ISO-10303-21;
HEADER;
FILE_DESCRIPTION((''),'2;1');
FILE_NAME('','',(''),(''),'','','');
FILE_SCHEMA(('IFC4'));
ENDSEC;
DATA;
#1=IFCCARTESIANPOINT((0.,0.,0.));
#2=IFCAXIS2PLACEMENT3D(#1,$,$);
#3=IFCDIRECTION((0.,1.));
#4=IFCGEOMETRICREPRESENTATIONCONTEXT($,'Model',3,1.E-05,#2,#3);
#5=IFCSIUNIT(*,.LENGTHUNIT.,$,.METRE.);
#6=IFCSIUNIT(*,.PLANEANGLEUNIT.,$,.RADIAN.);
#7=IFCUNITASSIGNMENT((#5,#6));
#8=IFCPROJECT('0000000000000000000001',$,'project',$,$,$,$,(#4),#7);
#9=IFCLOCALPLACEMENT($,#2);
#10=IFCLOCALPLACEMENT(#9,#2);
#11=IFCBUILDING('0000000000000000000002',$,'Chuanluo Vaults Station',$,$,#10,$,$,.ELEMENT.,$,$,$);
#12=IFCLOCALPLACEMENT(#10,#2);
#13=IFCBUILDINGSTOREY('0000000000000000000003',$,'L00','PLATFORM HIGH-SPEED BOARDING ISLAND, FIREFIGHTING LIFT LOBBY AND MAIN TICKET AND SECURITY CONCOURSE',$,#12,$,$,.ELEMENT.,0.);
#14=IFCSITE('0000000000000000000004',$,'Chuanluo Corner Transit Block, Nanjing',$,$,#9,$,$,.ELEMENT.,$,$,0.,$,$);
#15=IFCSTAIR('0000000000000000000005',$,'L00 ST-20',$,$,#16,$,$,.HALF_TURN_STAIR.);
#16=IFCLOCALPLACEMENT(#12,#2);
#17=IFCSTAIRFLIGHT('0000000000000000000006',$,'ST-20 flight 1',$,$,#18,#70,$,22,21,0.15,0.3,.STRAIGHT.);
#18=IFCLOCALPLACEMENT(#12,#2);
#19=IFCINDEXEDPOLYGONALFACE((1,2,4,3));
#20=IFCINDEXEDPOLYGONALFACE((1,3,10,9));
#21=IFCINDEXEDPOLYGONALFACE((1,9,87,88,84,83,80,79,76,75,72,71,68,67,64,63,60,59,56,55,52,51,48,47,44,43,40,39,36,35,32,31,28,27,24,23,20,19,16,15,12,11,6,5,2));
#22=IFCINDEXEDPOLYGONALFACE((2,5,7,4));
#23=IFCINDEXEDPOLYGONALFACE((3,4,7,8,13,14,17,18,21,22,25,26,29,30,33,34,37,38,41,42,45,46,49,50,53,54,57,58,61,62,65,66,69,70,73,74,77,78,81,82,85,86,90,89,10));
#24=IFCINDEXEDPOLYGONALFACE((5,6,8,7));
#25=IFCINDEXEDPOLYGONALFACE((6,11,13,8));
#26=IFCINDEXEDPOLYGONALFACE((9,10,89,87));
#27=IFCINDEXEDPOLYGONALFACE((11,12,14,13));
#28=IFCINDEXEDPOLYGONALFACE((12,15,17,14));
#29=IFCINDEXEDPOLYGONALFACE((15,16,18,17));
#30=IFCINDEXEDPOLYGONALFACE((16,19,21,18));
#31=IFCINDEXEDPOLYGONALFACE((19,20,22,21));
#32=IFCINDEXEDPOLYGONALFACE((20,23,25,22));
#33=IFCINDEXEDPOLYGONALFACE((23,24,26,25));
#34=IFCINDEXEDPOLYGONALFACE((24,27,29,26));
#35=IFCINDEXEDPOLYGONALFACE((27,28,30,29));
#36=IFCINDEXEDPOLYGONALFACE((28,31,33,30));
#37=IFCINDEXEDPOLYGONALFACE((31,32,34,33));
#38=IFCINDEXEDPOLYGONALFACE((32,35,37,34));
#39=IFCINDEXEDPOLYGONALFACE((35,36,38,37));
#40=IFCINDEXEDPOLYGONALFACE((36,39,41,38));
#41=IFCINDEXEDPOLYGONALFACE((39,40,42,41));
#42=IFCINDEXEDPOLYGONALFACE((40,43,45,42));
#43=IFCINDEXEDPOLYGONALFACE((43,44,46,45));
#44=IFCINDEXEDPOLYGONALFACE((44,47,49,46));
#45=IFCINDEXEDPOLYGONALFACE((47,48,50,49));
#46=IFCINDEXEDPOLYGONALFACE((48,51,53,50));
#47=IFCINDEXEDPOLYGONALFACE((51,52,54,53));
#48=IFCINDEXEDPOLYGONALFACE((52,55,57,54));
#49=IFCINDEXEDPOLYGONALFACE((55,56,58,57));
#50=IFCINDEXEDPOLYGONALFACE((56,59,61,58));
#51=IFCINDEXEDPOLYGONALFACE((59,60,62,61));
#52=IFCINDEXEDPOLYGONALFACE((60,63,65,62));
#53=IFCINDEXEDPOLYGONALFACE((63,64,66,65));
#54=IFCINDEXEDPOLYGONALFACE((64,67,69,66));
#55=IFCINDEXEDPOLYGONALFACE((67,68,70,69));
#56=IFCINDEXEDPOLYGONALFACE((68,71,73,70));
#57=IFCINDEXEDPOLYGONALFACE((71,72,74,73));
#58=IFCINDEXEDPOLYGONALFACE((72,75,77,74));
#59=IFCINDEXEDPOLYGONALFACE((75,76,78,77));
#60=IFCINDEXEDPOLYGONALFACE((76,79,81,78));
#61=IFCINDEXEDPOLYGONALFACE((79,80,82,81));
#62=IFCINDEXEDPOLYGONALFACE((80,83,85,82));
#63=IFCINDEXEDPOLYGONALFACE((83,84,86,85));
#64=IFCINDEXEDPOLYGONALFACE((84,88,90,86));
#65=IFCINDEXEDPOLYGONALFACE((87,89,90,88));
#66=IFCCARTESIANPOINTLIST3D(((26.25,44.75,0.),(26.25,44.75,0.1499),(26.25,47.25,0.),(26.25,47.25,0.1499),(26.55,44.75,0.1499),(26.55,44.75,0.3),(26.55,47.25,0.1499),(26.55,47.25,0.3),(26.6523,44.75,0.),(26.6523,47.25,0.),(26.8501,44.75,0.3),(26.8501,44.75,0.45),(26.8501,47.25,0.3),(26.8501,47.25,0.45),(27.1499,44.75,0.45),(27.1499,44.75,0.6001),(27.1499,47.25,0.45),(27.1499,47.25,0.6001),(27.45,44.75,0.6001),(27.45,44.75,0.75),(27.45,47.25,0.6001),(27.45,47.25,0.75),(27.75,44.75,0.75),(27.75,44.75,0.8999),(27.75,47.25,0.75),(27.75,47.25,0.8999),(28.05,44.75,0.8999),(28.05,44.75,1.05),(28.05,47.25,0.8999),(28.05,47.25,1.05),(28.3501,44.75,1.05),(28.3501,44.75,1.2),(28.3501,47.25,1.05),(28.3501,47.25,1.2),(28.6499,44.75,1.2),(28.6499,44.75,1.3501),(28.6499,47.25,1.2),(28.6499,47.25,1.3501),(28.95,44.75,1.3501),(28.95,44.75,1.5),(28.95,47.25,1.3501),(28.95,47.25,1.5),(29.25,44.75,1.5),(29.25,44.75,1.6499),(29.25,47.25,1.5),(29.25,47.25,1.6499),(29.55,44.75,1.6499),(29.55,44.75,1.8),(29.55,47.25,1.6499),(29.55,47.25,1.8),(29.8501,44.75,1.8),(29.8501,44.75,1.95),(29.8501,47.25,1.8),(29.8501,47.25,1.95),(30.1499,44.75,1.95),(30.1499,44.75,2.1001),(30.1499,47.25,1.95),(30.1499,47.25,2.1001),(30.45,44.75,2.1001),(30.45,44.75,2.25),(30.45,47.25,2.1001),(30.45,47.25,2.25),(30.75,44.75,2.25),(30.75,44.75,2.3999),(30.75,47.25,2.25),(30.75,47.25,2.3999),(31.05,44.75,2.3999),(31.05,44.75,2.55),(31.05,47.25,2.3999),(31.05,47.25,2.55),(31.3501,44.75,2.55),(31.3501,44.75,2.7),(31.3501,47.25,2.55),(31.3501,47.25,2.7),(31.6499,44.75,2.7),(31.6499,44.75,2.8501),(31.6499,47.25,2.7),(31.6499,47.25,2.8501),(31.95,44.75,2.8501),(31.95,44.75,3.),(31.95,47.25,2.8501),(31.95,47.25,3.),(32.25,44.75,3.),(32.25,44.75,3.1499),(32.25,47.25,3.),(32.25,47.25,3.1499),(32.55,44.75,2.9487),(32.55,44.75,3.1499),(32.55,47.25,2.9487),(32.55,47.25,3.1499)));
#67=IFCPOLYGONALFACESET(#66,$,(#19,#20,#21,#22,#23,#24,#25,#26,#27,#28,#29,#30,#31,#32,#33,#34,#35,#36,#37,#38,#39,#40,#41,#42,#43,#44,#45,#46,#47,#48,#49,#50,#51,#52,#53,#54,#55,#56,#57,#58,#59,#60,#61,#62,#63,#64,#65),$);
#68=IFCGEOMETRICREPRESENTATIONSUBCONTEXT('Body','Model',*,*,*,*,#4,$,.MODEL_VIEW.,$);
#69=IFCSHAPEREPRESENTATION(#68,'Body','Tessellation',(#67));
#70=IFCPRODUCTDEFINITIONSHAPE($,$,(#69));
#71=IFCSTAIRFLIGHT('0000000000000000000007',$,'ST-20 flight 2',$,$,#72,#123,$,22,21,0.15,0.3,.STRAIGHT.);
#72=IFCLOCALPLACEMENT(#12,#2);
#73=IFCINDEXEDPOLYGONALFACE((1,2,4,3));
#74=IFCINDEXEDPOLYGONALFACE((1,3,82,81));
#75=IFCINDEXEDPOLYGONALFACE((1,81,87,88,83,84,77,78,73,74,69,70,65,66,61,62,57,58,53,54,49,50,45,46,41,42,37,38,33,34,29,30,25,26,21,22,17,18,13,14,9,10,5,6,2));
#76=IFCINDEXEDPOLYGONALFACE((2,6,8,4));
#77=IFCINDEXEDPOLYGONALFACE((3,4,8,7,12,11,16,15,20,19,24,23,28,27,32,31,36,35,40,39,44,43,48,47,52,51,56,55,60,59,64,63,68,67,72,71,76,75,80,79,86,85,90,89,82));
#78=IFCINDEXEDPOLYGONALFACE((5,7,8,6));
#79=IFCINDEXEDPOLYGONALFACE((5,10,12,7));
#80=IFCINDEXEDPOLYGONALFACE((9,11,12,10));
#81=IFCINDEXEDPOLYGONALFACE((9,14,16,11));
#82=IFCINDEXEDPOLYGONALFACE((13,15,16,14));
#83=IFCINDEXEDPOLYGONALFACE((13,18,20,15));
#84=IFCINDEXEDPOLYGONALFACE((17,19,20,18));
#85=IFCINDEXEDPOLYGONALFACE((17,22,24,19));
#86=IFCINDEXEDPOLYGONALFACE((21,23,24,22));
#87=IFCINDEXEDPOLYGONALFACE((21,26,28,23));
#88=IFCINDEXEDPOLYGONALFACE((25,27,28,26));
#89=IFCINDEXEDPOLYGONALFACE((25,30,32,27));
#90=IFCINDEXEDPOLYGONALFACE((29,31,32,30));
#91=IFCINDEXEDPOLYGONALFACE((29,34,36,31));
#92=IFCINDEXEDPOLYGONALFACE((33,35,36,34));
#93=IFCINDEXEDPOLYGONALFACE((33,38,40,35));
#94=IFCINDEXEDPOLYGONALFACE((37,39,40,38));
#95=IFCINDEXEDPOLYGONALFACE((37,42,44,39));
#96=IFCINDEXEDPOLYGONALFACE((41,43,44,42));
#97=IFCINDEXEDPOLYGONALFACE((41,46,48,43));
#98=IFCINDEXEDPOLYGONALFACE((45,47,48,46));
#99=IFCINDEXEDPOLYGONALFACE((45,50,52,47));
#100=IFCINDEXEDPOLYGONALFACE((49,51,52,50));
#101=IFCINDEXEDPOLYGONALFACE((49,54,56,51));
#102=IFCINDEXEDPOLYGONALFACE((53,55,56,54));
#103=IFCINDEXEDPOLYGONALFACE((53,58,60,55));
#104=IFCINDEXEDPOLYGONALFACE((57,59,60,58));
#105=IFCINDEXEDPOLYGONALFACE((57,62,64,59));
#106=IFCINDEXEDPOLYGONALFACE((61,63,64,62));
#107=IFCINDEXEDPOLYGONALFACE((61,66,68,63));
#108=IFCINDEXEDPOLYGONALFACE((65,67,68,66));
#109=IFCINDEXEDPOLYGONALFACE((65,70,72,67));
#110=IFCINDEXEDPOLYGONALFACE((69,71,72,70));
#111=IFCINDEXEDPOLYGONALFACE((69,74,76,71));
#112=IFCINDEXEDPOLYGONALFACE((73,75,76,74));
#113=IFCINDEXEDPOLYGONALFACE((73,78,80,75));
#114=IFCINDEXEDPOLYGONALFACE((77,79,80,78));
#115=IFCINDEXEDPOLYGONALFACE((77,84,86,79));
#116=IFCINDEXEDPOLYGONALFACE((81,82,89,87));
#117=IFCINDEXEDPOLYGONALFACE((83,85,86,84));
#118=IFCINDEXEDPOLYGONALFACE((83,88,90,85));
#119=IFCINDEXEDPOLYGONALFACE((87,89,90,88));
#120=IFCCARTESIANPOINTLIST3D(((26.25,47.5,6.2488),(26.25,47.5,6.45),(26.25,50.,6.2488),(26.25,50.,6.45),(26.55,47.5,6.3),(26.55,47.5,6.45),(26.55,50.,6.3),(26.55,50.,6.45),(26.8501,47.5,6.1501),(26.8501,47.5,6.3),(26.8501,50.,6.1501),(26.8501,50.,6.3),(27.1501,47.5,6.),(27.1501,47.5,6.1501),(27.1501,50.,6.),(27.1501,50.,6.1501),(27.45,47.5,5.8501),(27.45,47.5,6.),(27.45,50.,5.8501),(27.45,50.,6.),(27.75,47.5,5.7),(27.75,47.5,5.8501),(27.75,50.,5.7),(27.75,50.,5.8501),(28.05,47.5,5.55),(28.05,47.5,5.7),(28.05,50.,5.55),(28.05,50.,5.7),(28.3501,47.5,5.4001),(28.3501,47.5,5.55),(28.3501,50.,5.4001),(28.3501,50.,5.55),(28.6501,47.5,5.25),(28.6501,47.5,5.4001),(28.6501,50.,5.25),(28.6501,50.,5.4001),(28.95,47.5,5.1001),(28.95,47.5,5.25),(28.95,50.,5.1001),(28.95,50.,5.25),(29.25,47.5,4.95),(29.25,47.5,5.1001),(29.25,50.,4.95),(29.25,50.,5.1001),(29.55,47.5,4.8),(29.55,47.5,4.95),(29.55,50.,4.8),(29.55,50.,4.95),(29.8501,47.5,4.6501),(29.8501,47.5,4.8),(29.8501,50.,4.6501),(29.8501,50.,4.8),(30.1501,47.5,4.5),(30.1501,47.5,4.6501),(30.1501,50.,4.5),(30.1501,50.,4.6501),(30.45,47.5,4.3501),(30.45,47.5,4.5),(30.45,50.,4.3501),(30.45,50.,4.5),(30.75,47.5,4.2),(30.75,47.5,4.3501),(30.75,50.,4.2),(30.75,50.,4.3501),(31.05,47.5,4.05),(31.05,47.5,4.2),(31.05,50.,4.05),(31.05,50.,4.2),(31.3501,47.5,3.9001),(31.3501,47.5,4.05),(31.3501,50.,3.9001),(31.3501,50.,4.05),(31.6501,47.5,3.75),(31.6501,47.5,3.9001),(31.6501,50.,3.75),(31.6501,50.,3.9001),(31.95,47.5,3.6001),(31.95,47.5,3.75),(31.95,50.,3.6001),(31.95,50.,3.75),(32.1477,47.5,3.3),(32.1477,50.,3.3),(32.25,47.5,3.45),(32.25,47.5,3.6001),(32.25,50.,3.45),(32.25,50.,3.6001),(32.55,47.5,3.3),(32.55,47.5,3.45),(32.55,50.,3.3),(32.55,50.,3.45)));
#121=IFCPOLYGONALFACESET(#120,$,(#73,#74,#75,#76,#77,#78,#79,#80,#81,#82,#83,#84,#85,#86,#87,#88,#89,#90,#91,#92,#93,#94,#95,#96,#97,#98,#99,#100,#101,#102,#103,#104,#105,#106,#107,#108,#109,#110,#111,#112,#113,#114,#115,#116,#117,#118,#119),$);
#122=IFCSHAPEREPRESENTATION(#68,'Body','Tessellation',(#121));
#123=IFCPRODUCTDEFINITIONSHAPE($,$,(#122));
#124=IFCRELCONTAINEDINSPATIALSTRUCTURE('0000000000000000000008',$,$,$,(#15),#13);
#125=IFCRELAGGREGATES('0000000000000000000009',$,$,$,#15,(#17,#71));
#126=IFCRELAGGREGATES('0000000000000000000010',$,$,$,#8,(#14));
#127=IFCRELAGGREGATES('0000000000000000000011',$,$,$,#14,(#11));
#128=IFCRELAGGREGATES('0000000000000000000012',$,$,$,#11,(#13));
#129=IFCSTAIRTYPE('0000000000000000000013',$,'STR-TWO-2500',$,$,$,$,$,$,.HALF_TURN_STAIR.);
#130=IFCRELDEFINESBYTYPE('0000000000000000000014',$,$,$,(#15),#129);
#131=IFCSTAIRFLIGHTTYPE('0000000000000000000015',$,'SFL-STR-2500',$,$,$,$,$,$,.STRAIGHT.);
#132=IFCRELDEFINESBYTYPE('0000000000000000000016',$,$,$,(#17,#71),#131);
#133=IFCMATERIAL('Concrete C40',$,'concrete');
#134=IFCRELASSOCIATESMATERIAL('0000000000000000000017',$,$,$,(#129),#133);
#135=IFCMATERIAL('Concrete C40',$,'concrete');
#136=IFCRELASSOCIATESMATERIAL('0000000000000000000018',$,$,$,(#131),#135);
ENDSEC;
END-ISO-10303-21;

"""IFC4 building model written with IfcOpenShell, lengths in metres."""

from ifc_helpers import new_model, si_unit, direction, frame, origin, place, context, subcontext, project, spatial, polyline, outline, extrude, material, type_object, element, aggregate, save


model = new_model("IFC4")

# Units and contexts
model_context = context("Model", 3, precision=1e-05, world=origin(), true_north=direction((0.0, 1.0)))
body_context = subcontext(model_context, "Body", "Model", "MODEL_VIEW")
ifc_project = project(units=[si_unit("LENGTHUNIT", "METRE"), si_unit("PLANEANGLEUNIT", "RADIAN")], contexts=[model_context])

# Site, building, storey
site_placement = place(None, origin())
site = spatial("IfcSite", under=ifc_project, at=site_placement, Name="Chuanluo Corner Transit Block, Nanjing", CompositionType="ELEMENT", RefElevation=0.0)
building_placement = place(site_placement, origin())
building = spatial("IfcBuilding", under=site, at=building_placement, Name="Chuanluo Vaults Station", CompositionType="ELEMENT")
storey_placement = place(building_placement, origin())
storey = spatial("IfcBuildingStorey", under=building, at=storey_placement, Name="L00", Description="PLATFORM HIGH-SPEED BOARDING ISLAND, FIREFIGHTING LIFT LOBBY AND MAIN TICKET AND SECURITY CONCOURSE", CompositionType="ELEMENT", Elevation=0.0)

# Stair, stair flights
ifc_material_1 = material(Name="Concrete C40", Category="concrete")
stair_type = type_object("IfcStairType", Name="STR-TWO-2500", PredefinedType="HALF_TURN_STAIR", material=ifc_material_1)
ifc_material_2 = material(Name="Concrete C40", Category="concrete")
stair_flight_type = type_object("IfcStairFlightType", Name="SFL-STR-2500", PredefinedType="STRAIGHT", material=ifc_material_2)
stair_1_placement = place(storey_placement, origin())
stair_1 = element("IfcStair", 1, at=stair_1_placement, inside=storey, type_object=stair_type, Name="L00 ST-20", PredefinedType="HALF_TURN_STAIR")
stair_flight_1_placement = place(storey_placement, frame((26.25, 46.0, 0.0), z_axis=(0.0, 0.0, 1.0), x_axis=(1.0, 0.0, 0.0)))
stair_flight_1 = element("IfcStairFlight", 2, at=stair_flight_1_placement, type_object=stair_flight_type, Name="ST-20 flight 1", NumberOfRisers=22, NumberOfTreads=21, PredefinedType="STRAIGHT", RiserHeight=0.15, TreadLength=0.3, context=body_context, shape_type="SweptSolid", body=[
    extrude(outline(polyline([(0.0, 0.0), (0.0, 0.1499), (0.3, 0.1499), (0.3, 0.3), (0.6001, 0.3), (0.6001, 0.45), (0.8999, 0.45), (0.8999, 0.6001), (1.2, 0.6001), (1.2, 0.75), (1.5, 0.75), (1.5, 0.8999), (1.8, 0.8999), (1.8, 1.05), (2.1001, 1.05), (2.1001, 1.2), (2.3999, 1.2), (2.3999, 1.3501), (2.7, 1.3501), (2.7, 1.5), (3.0, 1.5), (3.0, 1.6499), (3.3, 1.6499), (3.3, 1.8), (3.6001, 1.8), (3.6001, 1.95), (3.8999, 1.95), (3.8999, 2.1001), (4.2, 2.1001), (4.2, 2.25), (4.5, 2.25), (4.5, 2.3999), (4.8, 2.3999), (4.8, 2.55), (5.1001, 2.55), (5.1001, 2.7), (5.3999, 2.7), (5.3999, 2.8501), (5.7, 2.8501), (5.7, 3.0), (6.0, 3.0), (6.0, 3.1499), (6.3, 3.1499), (6.3, 3.3), (6.3, 2.9487), (0.4023, 0.0), (0.0, 0.0)])), frame((0.0, 1.25, 0.0), z_axis=(0.0, -1.0, 0.0), x_axis=(1.0, 0.0, 0.0)), (0.0, 0.0, 1.0), 2.5),
])
stair_flight_2_placement = place(storey_placement, frame((32.55, 48.75, 3.3), z_axis=(0.0, 0.0, 1.0), x_axis=(-1.0, 0.0, 0.0)))
stair_flight_2 = element("IfcStairFlight", 3, at=stair_flight_2_placement, type_object=stair_flight_type, Name="ST-20 flight 2", NumberOfRisers=22, NumberOfTreads=21, PredefinedType="STRAIGHT", RiserHeight=0.15, TreadLength=0.3, context=body_context, shape_type="SweptSolid", body=[
    extrude(outline(polyline([(0.0, 0.0), (0.0, 0.1499), (0.3, 0.1499), (0.3, 0.3), (0.6001, 0.3), (0.6001, 0.45), (0.8999, 0.45), (0.8999, 0.6001), (1.2, 0.6001), (1.2, 0.75), (1.5, 0.75), (1.5, 0.8999), (1.8, 0.8999), (1.8, 1.05), (2.1001, 1.05), (2.1001, 1.2), (2.3999, 1.2), (2.3999, 1.3501), (2.7, 1.3501), (2.7, 1.5), (3.0, 1.5), (3.0, 1.6499), (3.3, 1.6499), (3.3, 1.8), (3.6001, 1.8), (3.6001, 1.95), (3.8999, 1.95), (3.8999, 2.1001), (4.2, 2.1001), (4.2, 2.25), (4.5, 2.25), (4.5, 2.3999), (4.8, 2.3999), (4.8, 2.55), (5.1001, 2.55), (5.1001, 2.7), (5.3999, 2.7), (5.3999, 2.8501), (5.7, 2.8501), (5.7, 3.0), (6.0, 3.0), (6.0, 3.1499), (6.3, 3.1499), (6.3, 3.3), (6.3, 2.9487), (0.4023, 0.0), (0.0, 0.0)])), frame((0.0, 1.25, 0.0), z_axis=(0.0, -1.0, 0.0), x_axis=(1.0, 0.0, 0.0)), (0.0, 0.0, 1.0), 2.5),
])
aggregate(stair_1, [stair_flight_1, stair_flight_2])

save(model, "model.ifc")
